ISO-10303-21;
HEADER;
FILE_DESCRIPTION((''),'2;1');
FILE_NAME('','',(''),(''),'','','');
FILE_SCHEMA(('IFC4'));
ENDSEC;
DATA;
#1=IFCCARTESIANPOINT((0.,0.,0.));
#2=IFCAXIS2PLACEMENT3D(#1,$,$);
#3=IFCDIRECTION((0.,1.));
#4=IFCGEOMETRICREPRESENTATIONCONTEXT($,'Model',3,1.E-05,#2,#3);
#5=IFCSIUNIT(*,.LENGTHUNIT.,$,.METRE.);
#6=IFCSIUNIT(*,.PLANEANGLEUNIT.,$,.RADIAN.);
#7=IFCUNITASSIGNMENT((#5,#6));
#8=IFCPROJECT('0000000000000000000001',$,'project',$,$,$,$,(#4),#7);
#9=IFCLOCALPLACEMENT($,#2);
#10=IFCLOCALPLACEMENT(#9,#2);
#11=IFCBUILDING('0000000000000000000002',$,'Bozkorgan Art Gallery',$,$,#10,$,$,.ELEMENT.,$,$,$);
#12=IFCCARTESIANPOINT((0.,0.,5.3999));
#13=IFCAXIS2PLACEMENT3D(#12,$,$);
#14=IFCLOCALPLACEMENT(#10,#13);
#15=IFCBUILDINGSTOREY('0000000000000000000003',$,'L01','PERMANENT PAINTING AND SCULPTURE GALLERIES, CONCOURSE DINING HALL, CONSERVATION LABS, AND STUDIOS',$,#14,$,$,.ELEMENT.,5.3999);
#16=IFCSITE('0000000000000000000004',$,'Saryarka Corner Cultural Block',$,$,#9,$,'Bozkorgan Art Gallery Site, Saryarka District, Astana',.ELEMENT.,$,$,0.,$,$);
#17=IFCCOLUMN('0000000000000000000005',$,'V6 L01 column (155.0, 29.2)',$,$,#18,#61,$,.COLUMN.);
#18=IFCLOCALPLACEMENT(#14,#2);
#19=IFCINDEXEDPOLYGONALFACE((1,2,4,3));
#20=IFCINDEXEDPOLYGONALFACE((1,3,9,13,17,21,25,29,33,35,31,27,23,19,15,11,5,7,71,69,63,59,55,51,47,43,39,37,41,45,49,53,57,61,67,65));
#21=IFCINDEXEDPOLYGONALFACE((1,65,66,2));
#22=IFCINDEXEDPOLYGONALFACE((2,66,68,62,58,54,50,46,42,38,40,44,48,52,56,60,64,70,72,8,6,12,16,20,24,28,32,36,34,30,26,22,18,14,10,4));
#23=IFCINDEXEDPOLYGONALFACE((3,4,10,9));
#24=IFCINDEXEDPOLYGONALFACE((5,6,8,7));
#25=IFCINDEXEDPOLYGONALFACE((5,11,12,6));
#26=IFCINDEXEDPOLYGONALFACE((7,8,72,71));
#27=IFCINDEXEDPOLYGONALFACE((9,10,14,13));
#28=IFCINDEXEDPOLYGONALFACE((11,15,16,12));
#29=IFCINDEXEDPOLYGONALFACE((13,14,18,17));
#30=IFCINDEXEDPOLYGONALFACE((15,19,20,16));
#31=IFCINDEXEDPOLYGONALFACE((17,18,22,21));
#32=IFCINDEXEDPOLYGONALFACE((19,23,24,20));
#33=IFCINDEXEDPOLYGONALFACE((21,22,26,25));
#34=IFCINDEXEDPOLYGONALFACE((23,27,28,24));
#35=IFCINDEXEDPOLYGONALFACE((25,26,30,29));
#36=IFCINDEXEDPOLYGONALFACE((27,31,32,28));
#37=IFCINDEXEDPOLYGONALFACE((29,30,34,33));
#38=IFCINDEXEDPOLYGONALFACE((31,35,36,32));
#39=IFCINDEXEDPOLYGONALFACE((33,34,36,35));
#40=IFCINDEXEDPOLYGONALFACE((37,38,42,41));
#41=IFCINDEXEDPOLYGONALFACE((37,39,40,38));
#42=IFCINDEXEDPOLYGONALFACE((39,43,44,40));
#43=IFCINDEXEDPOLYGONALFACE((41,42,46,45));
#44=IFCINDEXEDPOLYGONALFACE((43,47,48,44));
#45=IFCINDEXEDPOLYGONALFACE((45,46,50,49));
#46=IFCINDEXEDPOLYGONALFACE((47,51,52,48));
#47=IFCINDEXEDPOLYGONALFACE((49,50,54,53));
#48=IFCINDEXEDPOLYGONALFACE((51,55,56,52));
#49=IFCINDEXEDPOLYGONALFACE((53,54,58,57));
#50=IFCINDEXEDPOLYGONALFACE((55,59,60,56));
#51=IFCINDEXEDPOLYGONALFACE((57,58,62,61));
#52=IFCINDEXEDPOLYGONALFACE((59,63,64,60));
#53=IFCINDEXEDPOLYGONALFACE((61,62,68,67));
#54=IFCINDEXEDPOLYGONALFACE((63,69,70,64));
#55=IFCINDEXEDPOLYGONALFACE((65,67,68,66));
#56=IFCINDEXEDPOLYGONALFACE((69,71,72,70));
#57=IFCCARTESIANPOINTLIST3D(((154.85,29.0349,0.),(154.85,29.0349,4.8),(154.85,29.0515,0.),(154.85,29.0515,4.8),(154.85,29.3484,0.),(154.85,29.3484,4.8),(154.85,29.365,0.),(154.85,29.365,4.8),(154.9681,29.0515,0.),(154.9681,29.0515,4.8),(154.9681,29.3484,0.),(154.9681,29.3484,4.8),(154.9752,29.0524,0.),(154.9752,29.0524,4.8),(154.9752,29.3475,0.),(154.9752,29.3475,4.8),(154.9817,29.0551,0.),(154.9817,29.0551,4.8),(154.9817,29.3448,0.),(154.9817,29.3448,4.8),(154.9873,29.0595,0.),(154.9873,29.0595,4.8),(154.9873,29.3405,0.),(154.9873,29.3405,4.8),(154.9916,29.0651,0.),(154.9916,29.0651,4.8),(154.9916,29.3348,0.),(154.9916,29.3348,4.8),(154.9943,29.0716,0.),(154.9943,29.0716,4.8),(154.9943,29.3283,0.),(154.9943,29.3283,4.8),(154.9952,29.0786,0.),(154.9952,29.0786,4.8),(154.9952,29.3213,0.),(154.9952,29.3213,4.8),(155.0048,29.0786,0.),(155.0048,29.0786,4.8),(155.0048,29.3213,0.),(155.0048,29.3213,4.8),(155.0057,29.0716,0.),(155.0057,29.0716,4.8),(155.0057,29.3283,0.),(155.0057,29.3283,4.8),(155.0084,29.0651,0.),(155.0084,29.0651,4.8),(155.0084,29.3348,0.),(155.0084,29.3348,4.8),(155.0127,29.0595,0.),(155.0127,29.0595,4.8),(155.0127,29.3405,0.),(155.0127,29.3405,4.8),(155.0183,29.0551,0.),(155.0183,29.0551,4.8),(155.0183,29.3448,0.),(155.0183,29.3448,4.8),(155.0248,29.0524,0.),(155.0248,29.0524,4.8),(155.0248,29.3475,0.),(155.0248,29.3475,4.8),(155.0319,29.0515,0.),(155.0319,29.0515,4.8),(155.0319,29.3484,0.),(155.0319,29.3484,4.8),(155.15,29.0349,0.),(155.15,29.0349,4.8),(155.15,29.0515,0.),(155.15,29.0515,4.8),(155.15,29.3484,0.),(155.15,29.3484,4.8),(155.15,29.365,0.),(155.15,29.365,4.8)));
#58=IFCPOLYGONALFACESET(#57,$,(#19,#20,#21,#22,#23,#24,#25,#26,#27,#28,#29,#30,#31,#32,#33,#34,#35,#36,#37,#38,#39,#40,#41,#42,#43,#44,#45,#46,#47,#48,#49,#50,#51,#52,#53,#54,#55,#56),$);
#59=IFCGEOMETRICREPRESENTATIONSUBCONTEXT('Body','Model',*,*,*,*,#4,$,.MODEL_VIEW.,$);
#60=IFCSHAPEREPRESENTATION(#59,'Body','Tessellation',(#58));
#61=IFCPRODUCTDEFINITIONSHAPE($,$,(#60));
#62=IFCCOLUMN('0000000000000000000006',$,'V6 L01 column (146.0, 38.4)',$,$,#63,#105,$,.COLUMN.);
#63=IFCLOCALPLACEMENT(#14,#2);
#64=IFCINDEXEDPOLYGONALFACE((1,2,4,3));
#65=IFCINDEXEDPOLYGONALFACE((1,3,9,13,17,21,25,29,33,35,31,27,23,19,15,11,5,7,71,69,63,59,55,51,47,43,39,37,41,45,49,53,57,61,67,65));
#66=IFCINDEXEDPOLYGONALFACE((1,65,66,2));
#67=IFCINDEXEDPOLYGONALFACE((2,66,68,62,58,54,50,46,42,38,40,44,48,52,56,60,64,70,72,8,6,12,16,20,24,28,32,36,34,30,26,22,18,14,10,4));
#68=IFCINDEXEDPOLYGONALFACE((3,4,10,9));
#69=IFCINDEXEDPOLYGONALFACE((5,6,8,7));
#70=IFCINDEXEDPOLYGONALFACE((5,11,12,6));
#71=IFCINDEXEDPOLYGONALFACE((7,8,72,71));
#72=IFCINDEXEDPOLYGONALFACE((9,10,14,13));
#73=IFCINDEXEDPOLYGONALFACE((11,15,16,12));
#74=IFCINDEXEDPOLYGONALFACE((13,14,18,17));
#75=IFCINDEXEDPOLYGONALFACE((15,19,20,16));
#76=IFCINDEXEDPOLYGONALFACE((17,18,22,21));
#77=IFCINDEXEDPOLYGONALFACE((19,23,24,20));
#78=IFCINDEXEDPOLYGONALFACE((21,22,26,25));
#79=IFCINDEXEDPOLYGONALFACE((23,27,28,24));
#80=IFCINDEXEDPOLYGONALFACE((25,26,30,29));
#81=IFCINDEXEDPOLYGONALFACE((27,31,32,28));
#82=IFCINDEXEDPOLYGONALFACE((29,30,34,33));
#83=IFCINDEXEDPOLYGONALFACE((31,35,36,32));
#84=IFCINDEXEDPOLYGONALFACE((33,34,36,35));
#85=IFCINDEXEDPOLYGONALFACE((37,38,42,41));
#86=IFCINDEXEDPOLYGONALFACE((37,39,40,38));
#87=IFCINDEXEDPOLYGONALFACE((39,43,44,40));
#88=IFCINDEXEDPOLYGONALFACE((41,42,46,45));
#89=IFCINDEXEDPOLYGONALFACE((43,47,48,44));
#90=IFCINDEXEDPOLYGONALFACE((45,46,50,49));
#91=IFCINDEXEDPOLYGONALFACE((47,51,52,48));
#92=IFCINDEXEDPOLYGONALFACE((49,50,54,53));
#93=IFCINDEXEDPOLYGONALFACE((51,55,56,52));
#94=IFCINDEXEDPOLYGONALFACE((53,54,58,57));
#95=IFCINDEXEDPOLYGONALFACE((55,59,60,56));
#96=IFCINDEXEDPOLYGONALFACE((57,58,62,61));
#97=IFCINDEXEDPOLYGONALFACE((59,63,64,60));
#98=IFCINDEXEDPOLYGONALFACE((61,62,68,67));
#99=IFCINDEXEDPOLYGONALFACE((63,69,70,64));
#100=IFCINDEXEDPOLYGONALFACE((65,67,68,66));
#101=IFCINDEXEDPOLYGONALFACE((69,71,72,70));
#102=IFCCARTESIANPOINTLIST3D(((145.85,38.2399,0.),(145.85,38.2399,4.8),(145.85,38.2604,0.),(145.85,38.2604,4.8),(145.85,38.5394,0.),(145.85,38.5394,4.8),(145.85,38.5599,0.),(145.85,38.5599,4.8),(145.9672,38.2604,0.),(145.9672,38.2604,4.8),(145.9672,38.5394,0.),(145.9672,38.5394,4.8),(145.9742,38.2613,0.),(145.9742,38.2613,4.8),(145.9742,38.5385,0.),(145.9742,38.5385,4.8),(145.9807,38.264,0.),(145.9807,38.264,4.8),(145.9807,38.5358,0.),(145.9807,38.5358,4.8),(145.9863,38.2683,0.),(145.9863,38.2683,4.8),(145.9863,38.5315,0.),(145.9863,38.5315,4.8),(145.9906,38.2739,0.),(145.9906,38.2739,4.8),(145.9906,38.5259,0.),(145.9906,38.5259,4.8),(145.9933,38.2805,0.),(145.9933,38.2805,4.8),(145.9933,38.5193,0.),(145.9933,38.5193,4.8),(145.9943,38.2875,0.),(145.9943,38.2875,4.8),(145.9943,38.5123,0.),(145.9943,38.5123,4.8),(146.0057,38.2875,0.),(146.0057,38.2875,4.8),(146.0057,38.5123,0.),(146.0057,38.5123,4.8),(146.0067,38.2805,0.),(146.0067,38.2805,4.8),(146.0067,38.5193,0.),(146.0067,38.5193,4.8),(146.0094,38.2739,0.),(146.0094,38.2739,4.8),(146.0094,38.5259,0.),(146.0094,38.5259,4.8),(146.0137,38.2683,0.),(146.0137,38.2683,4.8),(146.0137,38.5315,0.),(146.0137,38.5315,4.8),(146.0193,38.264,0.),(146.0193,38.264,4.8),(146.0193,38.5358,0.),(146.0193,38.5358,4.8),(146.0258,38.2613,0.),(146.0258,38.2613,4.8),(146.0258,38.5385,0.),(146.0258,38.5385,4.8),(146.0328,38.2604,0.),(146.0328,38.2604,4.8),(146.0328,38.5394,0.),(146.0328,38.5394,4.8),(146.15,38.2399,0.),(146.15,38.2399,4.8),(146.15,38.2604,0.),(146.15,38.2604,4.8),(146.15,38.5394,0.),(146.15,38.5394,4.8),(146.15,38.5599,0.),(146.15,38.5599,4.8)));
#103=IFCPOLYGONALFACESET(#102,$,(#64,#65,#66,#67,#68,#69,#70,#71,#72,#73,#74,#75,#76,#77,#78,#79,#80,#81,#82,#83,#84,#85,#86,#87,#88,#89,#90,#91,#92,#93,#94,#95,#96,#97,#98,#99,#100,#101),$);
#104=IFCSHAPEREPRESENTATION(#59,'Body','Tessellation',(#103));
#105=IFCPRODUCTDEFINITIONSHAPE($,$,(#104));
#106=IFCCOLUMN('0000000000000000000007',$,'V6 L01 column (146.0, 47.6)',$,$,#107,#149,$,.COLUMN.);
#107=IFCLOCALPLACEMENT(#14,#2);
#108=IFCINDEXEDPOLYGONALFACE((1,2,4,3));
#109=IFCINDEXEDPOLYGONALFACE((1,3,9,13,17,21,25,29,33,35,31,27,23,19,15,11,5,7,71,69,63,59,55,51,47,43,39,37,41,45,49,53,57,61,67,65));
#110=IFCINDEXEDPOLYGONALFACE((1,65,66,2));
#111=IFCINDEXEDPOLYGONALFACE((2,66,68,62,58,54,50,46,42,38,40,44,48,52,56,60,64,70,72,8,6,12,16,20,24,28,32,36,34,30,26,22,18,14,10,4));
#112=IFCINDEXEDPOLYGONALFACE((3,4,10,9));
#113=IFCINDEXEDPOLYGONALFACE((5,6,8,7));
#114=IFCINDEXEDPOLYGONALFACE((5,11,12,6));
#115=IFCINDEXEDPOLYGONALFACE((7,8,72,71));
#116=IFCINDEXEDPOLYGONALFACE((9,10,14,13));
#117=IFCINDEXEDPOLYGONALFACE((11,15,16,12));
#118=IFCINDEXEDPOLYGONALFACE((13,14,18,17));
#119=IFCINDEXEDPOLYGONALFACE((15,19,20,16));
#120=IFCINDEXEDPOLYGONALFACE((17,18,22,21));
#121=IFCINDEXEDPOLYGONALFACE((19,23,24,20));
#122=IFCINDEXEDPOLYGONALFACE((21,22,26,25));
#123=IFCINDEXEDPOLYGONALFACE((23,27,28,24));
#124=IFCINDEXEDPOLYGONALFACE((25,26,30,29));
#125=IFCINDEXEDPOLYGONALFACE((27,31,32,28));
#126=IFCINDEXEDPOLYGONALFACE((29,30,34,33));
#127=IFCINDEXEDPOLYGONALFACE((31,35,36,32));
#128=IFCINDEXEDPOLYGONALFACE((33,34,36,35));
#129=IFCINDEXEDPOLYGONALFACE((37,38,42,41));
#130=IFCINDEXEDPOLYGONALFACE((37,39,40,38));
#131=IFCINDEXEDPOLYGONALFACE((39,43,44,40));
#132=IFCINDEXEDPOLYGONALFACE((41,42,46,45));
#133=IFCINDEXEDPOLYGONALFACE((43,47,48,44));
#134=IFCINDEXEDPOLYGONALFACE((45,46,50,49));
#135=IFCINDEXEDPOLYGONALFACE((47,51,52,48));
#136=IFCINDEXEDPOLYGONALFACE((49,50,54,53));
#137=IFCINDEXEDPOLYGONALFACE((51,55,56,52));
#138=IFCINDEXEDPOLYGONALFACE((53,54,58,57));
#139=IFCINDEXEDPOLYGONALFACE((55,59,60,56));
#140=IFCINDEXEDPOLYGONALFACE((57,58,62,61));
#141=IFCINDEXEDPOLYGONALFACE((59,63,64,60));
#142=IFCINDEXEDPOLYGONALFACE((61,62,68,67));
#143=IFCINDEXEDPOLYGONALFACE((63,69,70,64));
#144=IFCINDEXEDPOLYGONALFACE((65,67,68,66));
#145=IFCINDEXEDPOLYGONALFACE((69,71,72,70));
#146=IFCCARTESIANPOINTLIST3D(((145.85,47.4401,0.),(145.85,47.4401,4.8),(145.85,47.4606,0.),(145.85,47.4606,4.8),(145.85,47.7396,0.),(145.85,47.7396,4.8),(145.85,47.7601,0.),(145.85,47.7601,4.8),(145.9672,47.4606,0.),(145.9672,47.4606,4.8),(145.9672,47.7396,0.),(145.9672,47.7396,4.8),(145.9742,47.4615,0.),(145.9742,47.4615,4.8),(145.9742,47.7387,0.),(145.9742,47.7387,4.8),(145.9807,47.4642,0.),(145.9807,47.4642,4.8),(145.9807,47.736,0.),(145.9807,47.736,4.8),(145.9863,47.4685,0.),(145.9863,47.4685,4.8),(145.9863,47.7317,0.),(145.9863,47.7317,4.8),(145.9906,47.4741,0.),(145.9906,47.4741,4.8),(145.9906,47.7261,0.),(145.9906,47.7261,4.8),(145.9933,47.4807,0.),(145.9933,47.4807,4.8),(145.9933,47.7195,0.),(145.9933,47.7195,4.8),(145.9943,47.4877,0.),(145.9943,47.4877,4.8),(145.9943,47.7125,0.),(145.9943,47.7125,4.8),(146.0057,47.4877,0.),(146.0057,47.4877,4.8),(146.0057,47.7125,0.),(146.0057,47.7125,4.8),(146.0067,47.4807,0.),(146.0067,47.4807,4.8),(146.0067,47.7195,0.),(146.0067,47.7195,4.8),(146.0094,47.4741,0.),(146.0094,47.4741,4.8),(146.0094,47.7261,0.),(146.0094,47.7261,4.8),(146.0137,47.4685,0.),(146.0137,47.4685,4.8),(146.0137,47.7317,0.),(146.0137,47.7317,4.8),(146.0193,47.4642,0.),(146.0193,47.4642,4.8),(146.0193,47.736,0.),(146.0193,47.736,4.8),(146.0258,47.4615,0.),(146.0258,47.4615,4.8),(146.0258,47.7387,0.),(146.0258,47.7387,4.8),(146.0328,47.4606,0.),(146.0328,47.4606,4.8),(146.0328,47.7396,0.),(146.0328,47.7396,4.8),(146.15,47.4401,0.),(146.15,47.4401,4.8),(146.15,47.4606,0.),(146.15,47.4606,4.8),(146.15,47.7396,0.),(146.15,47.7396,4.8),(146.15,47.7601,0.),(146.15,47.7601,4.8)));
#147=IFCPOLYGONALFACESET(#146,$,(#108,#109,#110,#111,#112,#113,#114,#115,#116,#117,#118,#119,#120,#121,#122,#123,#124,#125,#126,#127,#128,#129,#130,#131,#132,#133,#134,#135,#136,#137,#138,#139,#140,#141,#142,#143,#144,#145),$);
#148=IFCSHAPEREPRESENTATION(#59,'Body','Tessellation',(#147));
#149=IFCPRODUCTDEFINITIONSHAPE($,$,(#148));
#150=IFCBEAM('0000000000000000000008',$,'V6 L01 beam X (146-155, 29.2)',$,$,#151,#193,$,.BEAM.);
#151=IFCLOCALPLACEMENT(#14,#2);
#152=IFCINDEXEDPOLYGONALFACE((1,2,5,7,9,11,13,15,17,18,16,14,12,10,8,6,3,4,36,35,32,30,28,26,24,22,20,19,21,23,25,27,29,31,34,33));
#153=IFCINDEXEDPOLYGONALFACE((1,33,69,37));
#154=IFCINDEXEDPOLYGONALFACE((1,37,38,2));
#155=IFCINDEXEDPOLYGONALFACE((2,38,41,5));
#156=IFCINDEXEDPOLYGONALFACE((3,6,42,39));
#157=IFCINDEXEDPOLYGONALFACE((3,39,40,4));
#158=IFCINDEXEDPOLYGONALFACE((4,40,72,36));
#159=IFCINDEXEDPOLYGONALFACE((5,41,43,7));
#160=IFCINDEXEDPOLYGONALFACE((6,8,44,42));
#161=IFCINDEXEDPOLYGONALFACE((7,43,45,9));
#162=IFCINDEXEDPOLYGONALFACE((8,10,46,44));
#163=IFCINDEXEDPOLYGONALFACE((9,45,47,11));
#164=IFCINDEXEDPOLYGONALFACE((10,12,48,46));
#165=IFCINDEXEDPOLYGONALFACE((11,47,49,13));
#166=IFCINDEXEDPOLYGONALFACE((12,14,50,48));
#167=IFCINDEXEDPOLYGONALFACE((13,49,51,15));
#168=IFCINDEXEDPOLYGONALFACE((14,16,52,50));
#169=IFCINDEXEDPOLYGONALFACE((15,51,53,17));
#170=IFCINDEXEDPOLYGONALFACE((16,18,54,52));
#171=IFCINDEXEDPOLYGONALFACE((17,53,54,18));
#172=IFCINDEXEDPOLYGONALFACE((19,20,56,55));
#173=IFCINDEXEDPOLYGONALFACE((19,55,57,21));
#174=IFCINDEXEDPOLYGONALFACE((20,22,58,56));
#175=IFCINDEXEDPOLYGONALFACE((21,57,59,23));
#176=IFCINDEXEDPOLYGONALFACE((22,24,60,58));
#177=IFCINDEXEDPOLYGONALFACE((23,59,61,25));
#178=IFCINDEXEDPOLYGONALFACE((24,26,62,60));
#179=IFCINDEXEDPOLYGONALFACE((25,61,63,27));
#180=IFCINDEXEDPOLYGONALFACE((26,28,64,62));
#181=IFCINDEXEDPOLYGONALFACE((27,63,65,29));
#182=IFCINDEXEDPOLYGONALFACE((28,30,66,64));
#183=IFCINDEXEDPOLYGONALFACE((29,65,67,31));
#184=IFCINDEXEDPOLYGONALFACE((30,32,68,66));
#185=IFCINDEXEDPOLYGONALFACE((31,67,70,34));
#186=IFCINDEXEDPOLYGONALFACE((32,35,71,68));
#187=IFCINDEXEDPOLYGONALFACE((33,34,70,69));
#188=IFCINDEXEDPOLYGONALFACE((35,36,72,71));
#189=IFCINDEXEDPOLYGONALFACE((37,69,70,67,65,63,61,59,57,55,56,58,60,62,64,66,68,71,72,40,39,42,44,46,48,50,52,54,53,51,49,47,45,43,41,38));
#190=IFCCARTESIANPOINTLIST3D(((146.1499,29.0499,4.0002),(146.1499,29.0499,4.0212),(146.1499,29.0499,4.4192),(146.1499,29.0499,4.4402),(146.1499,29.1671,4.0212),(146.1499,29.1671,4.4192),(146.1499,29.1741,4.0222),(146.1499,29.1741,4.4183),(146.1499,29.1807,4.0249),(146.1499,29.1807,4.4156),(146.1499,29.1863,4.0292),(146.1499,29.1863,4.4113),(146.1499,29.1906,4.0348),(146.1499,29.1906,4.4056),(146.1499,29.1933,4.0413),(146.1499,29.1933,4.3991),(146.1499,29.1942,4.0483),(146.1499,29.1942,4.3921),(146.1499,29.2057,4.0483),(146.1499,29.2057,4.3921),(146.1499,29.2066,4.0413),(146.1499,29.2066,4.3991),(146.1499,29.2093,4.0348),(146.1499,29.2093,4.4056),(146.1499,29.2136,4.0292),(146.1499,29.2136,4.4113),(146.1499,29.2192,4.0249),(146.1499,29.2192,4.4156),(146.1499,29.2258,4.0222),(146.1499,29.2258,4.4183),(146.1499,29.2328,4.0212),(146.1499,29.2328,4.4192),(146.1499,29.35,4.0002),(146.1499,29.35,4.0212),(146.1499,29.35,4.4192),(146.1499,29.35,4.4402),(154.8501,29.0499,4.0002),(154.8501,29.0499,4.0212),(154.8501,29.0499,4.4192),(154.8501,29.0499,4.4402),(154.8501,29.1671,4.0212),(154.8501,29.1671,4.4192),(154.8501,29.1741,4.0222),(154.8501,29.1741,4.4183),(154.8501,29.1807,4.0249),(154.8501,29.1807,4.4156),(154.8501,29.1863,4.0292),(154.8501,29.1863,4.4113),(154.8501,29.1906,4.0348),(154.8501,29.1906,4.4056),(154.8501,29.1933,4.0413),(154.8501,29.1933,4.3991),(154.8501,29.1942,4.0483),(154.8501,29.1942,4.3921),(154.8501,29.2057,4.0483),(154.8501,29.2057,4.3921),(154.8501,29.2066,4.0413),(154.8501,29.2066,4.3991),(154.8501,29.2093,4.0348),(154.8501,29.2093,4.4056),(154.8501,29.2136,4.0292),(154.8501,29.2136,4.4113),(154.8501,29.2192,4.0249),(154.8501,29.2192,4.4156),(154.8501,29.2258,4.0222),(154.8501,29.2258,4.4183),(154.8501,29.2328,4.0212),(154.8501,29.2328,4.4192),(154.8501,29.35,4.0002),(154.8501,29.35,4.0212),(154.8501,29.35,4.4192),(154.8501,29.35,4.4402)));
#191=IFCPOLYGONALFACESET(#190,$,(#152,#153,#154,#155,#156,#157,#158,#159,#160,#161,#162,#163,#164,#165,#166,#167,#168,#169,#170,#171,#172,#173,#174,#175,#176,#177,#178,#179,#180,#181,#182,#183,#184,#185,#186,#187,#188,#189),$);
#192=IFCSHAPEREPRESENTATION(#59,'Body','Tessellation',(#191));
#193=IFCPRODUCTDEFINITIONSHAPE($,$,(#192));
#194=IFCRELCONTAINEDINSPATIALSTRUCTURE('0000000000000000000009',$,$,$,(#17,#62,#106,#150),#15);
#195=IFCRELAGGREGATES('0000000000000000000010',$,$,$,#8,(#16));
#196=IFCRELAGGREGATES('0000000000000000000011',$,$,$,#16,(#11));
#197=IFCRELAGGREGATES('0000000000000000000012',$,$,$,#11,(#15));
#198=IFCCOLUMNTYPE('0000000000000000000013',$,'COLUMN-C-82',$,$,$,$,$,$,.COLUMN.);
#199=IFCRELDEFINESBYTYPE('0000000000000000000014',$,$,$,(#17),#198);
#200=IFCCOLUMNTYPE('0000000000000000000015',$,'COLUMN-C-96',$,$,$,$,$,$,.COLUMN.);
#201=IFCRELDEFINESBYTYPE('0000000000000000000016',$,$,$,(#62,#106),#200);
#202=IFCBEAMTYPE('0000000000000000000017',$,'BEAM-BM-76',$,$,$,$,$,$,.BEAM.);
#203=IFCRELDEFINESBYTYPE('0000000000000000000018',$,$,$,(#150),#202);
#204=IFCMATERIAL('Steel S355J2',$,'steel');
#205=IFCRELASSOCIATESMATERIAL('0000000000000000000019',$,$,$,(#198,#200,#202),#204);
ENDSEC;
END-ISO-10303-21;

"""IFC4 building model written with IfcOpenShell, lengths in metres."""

from ifc_helpers import new_model, si_unit, direction, frame, origin, origin_2d, place, context, subcontext, project, spatial, i_section, extrude, material, material_profile, profile_set, type_object, element, save


model = new_model("IFC4")

# Units and contexts
model_context = context("Model", 3, precision=1e-05, world=origin(), true_north=direction((0.0, 1.0)))
body_context = subcontext(model_context, "Body", "Model", "MODEL_VIEW")
ifc_project = project(units=[si_unit("LENGTHUNIT", "METRE"), si_unit("PLANEANGLEUNIT", "RADIAN")], contexts=[model_context])

# Site, building, storey
site_placement = place(None, origin())
site = spatial("IfcSite", under=ifc_project, at=site_placement, Name="Saryarka Corner Cultural Block", LongName="Bozkorgan Art Gallery Site, Saryarka District, Astana", CompositionType="ELEMENT", RefElevation=0.0)
building_placement = place(site_placement, origin())
building = spatial("IfcBuilding", under=site, at=building_placement, Name="Bozkorgan Art Gallery", CompositionType="ELEMENT")
storey_placement = place(building_placement, frame((0.0, 0.0, 5.3999)))
storey = spatial("IfcBuildingStorey", under=building, at=storey_placement, Name="L01", Description="PERMANENT PAINTING AND SCULPTURE GALLERIES, CONCOURSE DINING HALL, CONSERVATION LABS, AND STUDIOS", CompositionType="ELEMENT", Elevation=5.3999)

# Columns
ifc_material_1 = material(Name="Steel S355J2", Category="steel")
ifc_material_profile_1 = material_profile(ifc_material_1, i_section(OverallWidth=0.3, OverallDepth=0.3301, WebThickness=0.0095, FlangeThickness=0.0166, FilletRadius=0.0271, at=origin_2d()), Name="HEA 340")
ifc_profile_set_1 = profile_set([ifc_material_profile_1], Name="Steel S355J2")
column_type_1 = type_object("IfcColumnType", Name="COLUMN-C-82", PredefinedType="COLUMN", material=ifc_profile_set_1)
column_placement = place(storey_placement, frame((155.0, 29.2, 0.0), z_axis=(0.0, 0.0, 1.0), x_axis=(1.0, 0.0, 0.0)))
element("IfcColumn", 1, at=column_placement, inside=storey, type_object=column_type_1, Name="V6 L01 column (155.0, 29.2)", PredefinedType="COLUMN", context=body_context, shape_type="SweptSolid", body=[
    extrude(i_section(OverallWidth=0.3, OverallDepth=0.3301, WebThickness=0.0095, FlangeThickness=0.0166, FilletRadius=0.0271, at=origin_2d()), origin(), (0.0, 0.0, 1.0), 4.8),
])
ifc_material_profile_2 = material_profile(ifc_material_1, i_section(OverallWidth=0.3, OverallDepth=0.3201, WebThickness=0.0115, FlangeThickness=0.0205, FilletRadius=0.0271, at=origin_2d()), Name="HEB 320")
ifc_profile_set_2 = profile_set([ifc_material_profile_2], Name="Steel S355J2")
column_type_2 = type_object("IfcColumnType", Name="COLUMN-C-96", PredefinedType="COLUMN", material=ifc_profile_set_2)
for number, where, z_axis, x_axis, name in (
    (2, (146.0, 38.3999, 0.0), (0.0, 0.0, 1.0), (1.0, 0.0, 0.0), "V6 L01 column (146.0, 38.4)"),
    (3, (146.0, 47.6001, 0.0), (0.0, 0.0, 1.0), (1.0, 0.0, 0.0), "V6 L01 column (146.0, 47.6)"),
):
    element("IfcColumn", number, at=place(storey_placement, frame(where, z_axis=z_axis, x_axis=x_axis)), inside=storey, type_object=column_type_2, Name=name, PredefinedType="COLUMN", context=body_context, shape_type="SweptSolid", body=[
        extrude(i_section(OverallWidth=0.3, OverallDepth=0.3201, WebThickness=0.0115, FlangeThickness=0.0205, FilletRadius=0.0271, at=origin_2d()), origin(), (0.0, 0.0, 1.0), 4.8),
    ])

# Beam
ifc_material_profile_3 = material_profile(ifc_material_1, i_section(OverallWidth=0.3, OverallDepth=0.4399, WebThickness=0.0115, FlangeThickness=0.021, FilletRadius=0.0271, at=origin_2d()), Name="HEA 450")
ifc_profile_set_3 = profile_set([ifc_material_profile_3], Name="Steel S355J2")
beam_type_1 = type_object("IfcBeamType", Name="BEAM-BM-76", PredefinedType="BEAM", material=ifc_profile_set_3)
beam_1_placement = place(storey_placement, frame((146.1499, 29.2, 4.2202), z_axis=(1.0, 0.0, 0.0), x_axis=(0.0, 1.0, 0.0)))
element("IfcBeam", 4, at=beam_1_placement, inside=storey, type_object=beam_type_1, Name="V6 L01 beam X (146-155, 29.2)", PredefinedType="BEAM", context=body_context, shape_type="SweptSolid", body=[
    extrude(i_section(OverallWidth=0.3, OverallDepth=0.4399, WebThickness=0.0115, FlangeThickness=0.021, FilletRadius=0.0271, at=origin_2d()), origin(), (0.0, 0.0, 1.0), 8.7002),
])

save(model, "model.ifc")
